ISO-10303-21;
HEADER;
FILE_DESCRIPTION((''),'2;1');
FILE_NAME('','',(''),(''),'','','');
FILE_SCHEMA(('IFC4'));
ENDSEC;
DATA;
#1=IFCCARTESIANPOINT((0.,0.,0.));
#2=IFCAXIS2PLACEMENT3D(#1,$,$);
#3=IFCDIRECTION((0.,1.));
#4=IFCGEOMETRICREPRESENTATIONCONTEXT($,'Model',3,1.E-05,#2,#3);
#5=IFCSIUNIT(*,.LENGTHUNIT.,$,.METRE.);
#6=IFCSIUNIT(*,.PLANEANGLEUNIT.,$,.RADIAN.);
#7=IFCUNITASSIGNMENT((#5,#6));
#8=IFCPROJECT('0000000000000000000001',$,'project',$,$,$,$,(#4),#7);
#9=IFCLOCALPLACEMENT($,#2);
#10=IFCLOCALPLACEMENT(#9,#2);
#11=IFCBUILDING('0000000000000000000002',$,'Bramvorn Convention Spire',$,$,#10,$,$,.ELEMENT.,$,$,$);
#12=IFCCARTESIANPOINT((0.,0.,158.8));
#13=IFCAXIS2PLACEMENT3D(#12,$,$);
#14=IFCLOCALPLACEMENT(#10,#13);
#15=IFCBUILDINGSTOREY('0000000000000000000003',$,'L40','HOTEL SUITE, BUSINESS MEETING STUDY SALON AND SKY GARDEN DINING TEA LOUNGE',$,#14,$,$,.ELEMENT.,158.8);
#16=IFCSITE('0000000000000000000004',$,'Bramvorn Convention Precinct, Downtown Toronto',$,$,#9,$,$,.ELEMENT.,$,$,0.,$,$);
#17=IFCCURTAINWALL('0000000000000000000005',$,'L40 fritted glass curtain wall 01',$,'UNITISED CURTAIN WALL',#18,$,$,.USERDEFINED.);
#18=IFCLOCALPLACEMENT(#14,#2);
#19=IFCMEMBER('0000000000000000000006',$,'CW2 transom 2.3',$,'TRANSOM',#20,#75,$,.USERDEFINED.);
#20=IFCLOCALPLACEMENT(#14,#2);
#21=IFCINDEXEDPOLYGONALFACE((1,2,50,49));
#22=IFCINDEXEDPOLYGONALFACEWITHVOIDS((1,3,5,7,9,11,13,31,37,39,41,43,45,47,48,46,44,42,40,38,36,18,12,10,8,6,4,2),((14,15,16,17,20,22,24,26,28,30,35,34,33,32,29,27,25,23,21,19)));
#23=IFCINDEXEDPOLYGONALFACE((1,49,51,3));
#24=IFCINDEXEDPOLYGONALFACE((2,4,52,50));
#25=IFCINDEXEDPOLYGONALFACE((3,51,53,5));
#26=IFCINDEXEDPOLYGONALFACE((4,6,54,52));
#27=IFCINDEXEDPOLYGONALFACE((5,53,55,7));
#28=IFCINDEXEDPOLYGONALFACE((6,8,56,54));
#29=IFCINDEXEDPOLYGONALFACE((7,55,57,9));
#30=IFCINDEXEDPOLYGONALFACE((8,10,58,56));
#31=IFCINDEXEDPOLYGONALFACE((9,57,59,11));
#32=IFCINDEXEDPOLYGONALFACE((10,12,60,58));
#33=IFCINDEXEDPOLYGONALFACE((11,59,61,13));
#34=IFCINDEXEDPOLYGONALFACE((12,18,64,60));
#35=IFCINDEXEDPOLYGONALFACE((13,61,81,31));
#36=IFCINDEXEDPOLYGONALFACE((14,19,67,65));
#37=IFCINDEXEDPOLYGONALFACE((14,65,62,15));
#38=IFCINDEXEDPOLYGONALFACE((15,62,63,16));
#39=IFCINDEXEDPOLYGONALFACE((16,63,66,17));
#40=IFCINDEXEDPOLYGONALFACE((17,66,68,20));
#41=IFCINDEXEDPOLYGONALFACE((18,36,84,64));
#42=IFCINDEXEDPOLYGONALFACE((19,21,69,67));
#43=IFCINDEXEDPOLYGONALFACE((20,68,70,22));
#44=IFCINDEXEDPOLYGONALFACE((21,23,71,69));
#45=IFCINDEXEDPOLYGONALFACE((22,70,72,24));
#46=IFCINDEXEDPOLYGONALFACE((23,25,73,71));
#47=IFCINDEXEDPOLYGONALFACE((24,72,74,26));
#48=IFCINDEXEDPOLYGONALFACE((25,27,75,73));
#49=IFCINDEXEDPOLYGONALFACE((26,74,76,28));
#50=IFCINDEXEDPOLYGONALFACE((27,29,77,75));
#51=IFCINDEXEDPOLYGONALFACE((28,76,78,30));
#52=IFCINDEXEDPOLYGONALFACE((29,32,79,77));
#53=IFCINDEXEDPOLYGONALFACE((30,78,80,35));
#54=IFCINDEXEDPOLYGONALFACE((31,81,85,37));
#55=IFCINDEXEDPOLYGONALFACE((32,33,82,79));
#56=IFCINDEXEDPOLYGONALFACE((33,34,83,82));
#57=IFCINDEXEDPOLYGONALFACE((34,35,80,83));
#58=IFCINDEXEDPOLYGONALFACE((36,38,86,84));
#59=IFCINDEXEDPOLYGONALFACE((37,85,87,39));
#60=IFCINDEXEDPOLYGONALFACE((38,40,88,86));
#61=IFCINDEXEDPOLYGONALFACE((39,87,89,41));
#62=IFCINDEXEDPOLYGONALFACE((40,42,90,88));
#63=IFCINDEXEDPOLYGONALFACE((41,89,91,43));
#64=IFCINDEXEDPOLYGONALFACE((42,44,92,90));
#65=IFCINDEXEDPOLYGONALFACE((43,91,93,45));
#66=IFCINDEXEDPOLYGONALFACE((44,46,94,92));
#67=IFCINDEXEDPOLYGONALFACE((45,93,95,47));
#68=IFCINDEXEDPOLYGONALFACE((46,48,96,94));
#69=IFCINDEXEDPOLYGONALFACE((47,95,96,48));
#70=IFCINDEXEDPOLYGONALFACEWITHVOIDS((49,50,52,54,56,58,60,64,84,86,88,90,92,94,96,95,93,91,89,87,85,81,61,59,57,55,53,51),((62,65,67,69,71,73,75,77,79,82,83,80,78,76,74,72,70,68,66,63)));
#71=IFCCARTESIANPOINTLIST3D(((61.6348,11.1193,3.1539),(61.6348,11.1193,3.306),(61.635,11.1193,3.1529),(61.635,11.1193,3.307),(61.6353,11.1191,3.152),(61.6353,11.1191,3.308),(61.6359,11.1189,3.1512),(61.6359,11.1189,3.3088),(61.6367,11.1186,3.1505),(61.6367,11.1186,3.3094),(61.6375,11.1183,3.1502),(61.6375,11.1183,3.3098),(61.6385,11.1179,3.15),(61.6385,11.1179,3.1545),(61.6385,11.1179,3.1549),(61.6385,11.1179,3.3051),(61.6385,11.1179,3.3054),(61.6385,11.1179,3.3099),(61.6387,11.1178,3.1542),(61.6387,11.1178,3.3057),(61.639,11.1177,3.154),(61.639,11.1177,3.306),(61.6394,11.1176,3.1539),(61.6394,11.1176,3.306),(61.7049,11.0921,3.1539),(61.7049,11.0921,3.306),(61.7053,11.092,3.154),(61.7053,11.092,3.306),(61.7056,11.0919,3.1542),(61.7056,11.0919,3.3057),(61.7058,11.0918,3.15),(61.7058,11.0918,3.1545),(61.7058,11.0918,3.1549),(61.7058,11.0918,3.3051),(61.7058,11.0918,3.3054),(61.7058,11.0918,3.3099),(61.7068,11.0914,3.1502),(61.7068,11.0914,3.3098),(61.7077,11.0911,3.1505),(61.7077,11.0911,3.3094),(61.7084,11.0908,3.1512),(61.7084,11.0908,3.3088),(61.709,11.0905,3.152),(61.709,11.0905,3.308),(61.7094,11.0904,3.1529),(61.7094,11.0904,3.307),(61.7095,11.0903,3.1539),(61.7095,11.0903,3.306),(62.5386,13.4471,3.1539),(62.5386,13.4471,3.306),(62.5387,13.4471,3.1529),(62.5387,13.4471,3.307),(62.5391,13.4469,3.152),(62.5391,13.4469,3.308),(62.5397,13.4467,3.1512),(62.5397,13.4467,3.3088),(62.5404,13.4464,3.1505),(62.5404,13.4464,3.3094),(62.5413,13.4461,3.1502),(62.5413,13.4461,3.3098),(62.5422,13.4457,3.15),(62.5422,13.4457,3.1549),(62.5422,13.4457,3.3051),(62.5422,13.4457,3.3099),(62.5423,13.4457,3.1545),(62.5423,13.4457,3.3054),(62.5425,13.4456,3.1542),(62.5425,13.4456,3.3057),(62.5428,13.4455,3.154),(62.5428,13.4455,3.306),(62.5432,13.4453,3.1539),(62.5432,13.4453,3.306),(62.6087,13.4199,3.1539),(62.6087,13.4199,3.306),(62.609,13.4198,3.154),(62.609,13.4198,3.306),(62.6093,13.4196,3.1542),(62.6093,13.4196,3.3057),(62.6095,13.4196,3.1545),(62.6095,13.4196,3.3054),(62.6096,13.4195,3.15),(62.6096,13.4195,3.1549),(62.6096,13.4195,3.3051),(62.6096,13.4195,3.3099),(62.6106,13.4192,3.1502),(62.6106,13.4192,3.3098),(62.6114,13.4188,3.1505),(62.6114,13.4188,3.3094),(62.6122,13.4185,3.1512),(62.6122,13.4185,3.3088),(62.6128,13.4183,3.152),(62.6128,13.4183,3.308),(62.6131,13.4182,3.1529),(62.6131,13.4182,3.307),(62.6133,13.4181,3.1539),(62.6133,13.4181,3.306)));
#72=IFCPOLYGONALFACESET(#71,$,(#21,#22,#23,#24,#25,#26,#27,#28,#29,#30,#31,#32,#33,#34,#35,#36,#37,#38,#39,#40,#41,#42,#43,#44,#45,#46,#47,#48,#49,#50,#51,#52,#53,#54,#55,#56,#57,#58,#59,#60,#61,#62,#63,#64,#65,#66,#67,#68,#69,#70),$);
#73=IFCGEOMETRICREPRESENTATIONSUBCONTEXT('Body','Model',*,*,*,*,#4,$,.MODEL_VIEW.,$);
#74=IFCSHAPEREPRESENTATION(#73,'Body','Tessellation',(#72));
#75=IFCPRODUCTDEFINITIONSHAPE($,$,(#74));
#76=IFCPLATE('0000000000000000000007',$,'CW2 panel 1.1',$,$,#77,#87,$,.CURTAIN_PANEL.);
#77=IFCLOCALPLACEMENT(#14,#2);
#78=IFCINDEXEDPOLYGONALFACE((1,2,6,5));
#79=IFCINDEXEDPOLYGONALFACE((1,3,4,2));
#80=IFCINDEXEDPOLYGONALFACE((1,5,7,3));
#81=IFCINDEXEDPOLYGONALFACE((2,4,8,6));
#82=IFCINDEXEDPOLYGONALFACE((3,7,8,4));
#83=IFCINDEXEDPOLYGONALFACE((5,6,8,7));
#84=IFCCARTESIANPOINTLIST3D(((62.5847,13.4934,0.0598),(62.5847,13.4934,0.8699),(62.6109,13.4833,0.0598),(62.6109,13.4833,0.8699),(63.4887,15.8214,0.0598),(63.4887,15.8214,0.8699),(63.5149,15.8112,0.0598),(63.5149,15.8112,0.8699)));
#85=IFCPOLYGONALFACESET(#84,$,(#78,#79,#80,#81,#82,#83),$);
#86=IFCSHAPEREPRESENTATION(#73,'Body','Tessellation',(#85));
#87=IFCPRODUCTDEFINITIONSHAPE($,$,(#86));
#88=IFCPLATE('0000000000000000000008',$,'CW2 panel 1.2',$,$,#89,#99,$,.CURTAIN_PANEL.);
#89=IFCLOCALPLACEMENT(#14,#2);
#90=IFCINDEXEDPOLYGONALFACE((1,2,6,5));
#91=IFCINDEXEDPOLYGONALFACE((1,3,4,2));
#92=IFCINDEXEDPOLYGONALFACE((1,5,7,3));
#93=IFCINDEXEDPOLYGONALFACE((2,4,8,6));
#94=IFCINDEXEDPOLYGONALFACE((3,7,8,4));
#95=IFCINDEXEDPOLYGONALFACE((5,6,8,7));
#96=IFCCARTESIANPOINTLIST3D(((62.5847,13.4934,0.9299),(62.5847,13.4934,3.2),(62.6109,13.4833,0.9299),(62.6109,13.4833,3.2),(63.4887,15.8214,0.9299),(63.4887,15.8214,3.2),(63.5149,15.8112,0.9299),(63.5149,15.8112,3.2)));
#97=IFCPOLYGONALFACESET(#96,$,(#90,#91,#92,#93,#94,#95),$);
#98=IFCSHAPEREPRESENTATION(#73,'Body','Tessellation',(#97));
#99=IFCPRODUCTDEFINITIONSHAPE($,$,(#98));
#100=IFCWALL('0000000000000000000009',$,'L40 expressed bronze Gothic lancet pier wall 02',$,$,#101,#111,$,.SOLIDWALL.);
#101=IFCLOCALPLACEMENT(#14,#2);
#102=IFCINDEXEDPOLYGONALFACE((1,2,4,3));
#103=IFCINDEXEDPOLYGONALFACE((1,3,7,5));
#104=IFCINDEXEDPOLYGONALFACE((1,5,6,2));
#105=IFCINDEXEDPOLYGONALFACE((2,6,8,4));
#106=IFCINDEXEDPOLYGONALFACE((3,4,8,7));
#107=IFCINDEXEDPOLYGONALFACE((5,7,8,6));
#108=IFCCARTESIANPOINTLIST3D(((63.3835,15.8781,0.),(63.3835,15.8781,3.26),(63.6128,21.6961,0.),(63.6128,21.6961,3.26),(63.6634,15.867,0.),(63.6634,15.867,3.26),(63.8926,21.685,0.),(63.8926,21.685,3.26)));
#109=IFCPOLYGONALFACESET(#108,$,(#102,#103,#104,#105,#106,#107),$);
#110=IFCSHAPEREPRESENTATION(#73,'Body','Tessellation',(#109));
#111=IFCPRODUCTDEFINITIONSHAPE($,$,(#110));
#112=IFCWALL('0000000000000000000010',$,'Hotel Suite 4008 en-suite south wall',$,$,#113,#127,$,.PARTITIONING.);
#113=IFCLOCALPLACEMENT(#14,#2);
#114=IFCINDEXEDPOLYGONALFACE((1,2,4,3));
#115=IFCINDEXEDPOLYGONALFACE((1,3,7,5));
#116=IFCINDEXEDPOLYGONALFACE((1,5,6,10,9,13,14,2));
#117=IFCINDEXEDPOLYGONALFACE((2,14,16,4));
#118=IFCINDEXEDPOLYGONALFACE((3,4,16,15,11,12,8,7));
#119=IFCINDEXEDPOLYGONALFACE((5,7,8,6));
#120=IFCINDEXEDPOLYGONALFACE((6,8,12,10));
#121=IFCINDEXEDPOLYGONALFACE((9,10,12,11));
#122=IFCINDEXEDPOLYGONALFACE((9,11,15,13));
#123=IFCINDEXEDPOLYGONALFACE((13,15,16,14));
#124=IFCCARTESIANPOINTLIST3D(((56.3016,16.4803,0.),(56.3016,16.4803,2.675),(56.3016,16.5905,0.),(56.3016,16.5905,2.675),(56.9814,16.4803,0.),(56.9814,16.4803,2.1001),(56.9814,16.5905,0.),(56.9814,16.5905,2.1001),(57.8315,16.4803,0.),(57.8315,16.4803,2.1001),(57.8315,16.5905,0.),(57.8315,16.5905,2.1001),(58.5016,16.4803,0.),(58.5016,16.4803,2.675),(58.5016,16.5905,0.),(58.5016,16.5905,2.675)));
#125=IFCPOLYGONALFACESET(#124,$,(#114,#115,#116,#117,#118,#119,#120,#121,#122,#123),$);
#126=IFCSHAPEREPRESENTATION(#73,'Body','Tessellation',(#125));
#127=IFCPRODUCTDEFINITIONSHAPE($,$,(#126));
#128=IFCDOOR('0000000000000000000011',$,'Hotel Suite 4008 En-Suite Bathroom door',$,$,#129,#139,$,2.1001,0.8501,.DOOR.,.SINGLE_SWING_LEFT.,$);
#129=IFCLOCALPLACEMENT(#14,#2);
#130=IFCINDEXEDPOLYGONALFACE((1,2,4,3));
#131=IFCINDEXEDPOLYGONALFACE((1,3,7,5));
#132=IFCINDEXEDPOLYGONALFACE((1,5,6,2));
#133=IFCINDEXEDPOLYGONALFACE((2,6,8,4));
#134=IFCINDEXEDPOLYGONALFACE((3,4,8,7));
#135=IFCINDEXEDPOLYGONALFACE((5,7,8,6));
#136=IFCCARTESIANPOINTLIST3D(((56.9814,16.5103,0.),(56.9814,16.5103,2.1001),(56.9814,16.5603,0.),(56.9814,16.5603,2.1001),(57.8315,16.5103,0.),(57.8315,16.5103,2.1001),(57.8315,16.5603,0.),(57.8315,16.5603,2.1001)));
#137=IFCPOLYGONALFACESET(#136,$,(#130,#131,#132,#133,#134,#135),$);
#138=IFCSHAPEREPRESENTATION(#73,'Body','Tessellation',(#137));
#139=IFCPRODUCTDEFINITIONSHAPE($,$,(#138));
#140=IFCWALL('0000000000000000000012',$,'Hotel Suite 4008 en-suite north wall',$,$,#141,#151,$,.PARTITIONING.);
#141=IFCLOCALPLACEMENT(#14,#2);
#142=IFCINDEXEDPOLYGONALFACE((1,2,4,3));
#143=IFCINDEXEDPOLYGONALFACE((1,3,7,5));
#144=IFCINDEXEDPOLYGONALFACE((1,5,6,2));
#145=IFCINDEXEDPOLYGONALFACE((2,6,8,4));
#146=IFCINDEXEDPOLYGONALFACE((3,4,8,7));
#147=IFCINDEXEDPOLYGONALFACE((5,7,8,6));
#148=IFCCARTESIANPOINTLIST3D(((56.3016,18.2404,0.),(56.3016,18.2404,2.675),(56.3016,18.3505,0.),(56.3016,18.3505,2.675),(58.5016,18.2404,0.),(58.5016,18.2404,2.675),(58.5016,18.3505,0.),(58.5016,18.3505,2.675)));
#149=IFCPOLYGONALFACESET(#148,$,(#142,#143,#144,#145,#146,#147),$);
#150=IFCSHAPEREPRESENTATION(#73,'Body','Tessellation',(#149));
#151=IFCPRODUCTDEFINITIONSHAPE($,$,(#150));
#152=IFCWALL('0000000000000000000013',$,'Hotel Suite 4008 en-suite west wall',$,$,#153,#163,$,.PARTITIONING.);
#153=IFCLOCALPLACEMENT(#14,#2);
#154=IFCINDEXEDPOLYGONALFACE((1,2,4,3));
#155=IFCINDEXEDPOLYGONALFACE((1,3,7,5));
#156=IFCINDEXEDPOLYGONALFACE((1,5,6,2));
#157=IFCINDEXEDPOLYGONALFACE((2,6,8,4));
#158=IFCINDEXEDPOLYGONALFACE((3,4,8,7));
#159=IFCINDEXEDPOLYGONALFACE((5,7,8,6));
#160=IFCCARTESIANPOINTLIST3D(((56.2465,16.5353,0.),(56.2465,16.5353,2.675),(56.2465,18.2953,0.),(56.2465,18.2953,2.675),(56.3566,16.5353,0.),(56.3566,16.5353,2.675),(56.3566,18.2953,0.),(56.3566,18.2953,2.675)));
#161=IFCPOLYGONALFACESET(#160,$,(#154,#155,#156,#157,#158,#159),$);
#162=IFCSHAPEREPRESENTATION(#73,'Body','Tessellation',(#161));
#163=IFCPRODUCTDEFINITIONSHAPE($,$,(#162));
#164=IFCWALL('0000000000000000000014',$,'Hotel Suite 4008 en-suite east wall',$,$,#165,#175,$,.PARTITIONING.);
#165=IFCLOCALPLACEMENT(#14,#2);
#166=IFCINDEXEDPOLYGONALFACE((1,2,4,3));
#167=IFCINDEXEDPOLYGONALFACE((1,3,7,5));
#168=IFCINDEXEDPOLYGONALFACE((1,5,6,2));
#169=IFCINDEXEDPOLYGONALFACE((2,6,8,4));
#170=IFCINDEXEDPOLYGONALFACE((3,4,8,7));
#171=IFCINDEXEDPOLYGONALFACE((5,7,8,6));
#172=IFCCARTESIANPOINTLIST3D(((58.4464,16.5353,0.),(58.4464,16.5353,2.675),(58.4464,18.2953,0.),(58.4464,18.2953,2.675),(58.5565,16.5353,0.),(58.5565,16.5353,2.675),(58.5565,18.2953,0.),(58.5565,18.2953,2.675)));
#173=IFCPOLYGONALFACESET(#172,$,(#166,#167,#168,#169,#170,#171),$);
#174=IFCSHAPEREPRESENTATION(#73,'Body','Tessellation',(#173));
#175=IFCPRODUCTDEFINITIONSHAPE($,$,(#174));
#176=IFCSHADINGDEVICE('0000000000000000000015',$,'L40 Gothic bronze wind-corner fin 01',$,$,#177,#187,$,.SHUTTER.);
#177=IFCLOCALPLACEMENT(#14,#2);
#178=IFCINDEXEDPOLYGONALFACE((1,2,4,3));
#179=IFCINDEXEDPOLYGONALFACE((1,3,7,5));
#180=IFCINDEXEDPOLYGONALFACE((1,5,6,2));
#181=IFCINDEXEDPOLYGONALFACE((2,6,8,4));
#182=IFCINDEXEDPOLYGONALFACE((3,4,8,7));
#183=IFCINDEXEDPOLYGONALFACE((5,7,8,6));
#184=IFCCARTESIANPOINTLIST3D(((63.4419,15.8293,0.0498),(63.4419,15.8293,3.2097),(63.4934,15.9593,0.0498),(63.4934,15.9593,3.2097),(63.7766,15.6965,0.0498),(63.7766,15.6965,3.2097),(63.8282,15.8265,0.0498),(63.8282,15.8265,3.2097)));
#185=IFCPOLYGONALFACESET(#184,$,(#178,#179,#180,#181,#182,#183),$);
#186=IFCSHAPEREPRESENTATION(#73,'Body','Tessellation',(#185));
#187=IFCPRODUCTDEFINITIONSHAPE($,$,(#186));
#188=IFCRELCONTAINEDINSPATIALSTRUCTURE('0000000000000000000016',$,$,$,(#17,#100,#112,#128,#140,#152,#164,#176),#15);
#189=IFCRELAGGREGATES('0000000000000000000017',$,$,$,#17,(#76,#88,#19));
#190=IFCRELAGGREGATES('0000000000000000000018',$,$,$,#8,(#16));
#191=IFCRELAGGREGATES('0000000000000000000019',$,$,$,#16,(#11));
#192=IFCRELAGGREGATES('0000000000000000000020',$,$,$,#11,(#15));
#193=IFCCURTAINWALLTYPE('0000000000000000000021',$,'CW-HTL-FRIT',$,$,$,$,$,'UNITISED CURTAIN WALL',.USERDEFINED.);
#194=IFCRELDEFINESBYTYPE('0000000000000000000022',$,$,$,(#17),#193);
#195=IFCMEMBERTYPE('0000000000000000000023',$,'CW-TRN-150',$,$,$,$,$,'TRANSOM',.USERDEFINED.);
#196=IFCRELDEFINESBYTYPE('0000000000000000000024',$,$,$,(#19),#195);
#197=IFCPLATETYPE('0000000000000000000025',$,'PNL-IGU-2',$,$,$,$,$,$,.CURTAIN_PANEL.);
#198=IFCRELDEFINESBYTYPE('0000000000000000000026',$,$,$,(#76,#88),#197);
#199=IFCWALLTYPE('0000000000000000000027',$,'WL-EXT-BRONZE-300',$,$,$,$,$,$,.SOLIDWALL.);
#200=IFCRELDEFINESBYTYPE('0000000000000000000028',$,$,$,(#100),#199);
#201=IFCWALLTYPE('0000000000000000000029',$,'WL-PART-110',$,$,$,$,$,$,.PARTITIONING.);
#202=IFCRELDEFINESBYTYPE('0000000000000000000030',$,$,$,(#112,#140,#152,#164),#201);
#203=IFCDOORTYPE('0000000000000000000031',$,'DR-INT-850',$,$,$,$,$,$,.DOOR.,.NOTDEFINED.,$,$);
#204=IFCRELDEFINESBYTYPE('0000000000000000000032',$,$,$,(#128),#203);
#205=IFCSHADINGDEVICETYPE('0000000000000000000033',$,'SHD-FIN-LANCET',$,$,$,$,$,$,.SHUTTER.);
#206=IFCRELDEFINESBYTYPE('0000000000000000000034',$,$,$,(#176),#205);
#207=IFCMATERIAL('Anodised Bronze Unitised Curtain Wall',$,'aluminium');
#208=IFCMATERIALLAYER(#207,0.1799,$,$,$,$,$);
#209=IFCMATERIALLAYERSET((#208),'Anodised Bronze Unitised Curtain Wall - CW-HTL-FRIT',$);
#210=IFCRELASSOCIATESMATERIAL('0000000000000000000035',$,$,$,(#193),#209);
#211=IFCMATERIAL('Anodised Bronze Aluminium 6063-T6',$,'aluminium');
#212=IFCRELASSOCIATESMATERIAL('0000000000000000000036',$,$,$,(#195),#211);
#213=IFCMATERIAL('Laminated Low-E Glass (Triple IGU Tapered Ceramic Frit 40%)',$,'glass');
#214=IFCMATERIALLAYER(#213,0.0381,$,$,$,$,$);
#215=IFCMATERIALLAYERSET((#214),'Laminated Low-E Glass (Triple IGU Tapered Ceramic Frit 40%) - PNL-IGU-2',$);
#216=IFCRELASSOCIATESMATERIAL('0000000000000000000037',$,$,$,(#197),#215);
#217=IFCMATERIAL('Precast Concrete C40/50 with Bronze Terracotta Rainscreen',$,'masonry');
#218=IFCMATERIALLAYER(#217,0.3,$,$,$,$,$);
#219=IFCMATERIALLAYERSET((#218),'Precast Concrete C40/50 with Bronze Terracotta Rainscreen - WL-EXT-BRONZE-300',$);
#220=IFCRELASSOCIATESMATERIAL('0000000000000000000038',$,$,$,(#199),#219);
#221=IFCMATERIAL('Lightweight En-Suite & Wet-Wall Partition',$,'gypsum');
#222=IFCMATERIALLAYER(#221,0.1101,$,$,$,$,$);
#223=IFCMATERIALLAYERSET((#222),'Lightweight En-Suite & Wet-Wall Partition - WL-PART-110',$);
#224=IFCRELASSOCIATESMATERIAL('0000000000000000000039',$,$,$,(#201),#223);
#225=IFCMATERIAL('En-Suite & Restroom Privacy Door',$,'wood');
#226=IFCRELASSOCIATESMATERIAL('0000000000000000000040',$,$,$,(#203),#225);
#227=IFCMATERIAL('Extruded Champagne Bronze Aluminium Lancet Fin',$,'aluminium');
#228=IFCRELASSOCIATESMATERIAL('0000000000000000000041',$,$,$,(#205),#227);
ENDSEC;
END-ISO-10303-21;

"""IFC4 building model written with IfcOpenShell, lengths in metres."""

from ifc_helpers import new_model, si_unit, direction, frame, frame_2d, origin, origin_2d, place, context, subcontext, project, spatial, rectangle, hollow_rectangle, extrude, material, layer, layer_set, material_profile, profile_set, type_object, element, fill, aggregate, save


model = new_model("IFC4")

# Units and contexts
model_context = context("Model", 3, precision=1e-05, world=origin(), true_north=direction((0.0, 1.0)))
body_context = subcontext(model_context, "Body", "Model", "MODEL_VIEW")
ifc_project = project(units=[si_unit("LENGTHUNIT", "METRE"), si_unit("PLANEANGLEUNIT", "RADIAN")], contexts=[model_context])

# Site, building, storey
site_placement = place(None, origin())
site = spatial("IfcSite", under=ifc_project, at=site_placement, Name="Bramvorn Convention Precinct, Downtown Toronto", CompositionType="ELEMENT", RefElevation=0.0)
building_placement = place(site_placement, origin())
building = spatial("IfcBuilding", under=site, at=building_placement, Name="Bramvorn Convention Spire", CompositionType="ELEMENT")
storey_placement = place(building_placement, frame((0.0, 0.0, 158.8)))
storey = spatial("IfcBuildingStorey", under=building, at=storey_placement, Name="L40", Description="HOTEL SUITE, BUSINESS MEETING STUDY SALON AND SKY GARDEN DINING TEA LOUNGE", CompositionType="ELEMENT", Elevation=158.8)

# Curtain wall, member, plates
ifc_material_1 = material(Name="Anodised Bronze Unitised Curtain Wall", Category="aluminium")
ifc_layer_1 = layer(ifc_material_1, 0.1799)
ifc_layer_set_1 = layer_set([ifc_layer_1], Name="Anodised Bronze Unitised Curtain Wall - CW-HTL-FRIT")
curtain_wall_type = type_object("IfcCurtainWallType", Name="CW-HTL-FRIT", ElementType="UNITISED CURTAIN WALL", PredefinedType="USERDEFINED", material=ifc_layer_set_1)
curtain_wall_placement = place(storey_placement, origin())
curtain_wall = element("IfcCurtainWall", 1, at=curtain_wall_placement, inside=storey, type_object=curtain_wall_type, Name="L40 fritted glass curtain wall 01", ObjectType="UNITISED CURTAIN WALL", PredefinedType="USERDEFINED")
ifc_material_2 = material(Name="Anodised Bronze Aluminium 6063-T6", Category="aluminium")
ifc_material_profile_1 = material_profile(ifc_material_2, hollow_rectangle(XDim=0.0801, YDim=0.1599, WallThickness=0.0039, InnerFilletRadius=0.001, OuterFilletRadius=0.0039, at=origin_2d()))
ifc_profile_set_1 = profile_set([ifc_material_profile_1], Name="Anodised Bronze Aluminium 6063-T6 - CWT80X160")
member_type_1 = type_object("IfcMemberType", Name="CW-TRN-150", ElementType="TRANSOM", PredefinedType="USERDEFINED", material=ifc_profile_set_1)
member_1_placement = place(storey_placement, frame((62.5759, 13.4326, 3.23), z_axis=(-0.361932, -0.932205, 0.0), x_axis=(0.932205, -0.361932, 0.0)))
member_1 = element("IfcMember", 2, at=member_1_placement, type_object=member_type_1, Name="CW2 transom 2.3", ObjectType="TRANSOM", PredefinedType="USERDEFINED", context=body_context, shape_type="SweptSolid", body=[
    extrude(hollow_rectangle(XDim=0.0801, YDim=0.1599, WallThickness=0.0039, InnerFilletRadius=0.001, OuterFilletRadius=0.0039, at=origin_2d()), origin(), (0.0, 0.0, 1.0), 2.4971),
])
ifc_material_3 = material(Name="Laminated Low-E Glass (Triple IGU Tapered Ceramic Frit 40%)", Category="glass")
ifc_layer_2 = layer(ifc_material_3, 0.0381)
ifc_layer_set_2 = layer_set([ifc_layer_2], Name="Laminated Low-E Glass (Triple IGU Tapered Ceramic Frit 40%) - PNL-IGU-2")
plate_type = type_object("IfcPlateType", Name="PNL-IGU-2", PredefinedType="CURTAIN_PANEL", material=ifc_layer_set_2)
plate_1_placement = place(storey_placement, frame((63.0498, 14.6523, 0.0598), z_axis=(0.0, 0.0, 1.0), x_axis=(-0.361975, -0.932188, 0.0)))
plate_1 = element("IfcPlate", 3, at=plate_1_placement, type_object=plate_type, Name="CW2 panel 1.1", PredefinedType="CURTAIN_PANEL", context=body_context, shape_type="SweptSolid", body=[
    extrude(rectangle(XDim=2.4973, YDim=0.0281, at=origin_2d()), origin(), (0.0, 0.0, 1.0), 0.8101),
])
plate_2_placement = place(storey_placement, frame((63.0498, 14.6523, 0.9299), z_axis=(0.0, 0.0, 1.0), x_axis=(-0.361975, -0.932188, 0.0)))
plate_2 = element("IfcPlate", 4, at=plate_2_placement, type_object=plate_type, Name="CW2 panel 1.2", PredefinedType="CURTAIN_PANEL", context=body_context, shape_type="SweptSolid", body=[
    extrude(rectangle(XDim=2.4973, YDim=0.0281, at=origin_2d()), origin(), (0.0, 0.0, 1.0), 2.27),
])
aggregate(curtain_wall, [plate_1, plate_2, member_1])

# Wall
ifc_material_4 = material(Name="Precast Concrete C40/50 with Bronze Terracotta Rainscreen", Category="masonry")
ifc_layer_3 = layer(ifc_material_4, 0.3)
ifc_layer_set_3 = layer_set([ifc_layer_3], Name="Precast Concrete C40/50 with Bronze Terracotta Rainscreen - WL-EXT-BRONZE-300")
wall_type_1 = type_object("IfcWallType", Name="WL-EXT-BRONZE-300", PredefinedType="SOLIDWALL", material=ifc_layer_set_3)
wall_1_placement = place(storey_placement, frame((63.7527, 21.6904, 0.0), z_axis=(0.0, 0.0, 1.0), x_axis=(-0.039372, -0.999225, 0.0)))
element("IfcWall", 5, at=wall_1_placement, inside=storey, type_object=wall_type_1, Name="L40 expressed bronze Gothic lancet pier wall 02", PredefinedType="SOLIDWALL", context=body_context, shape_type="SweptSolid", body=[
    extrude(rectangle(XDim=5.8225, YDim=0.28, at=frame_2d((2.9111, 0.0))), origin(), (0.0, 0.0, 1.0), 3.26),
])

# Wall, opening, door
ifc_material_5 = material(Name="Lightweight En-Suite & Wet-Wall Partition", Category="gypsum")
ifc_layer_4 = layer(ifc_material_5, 0.1101)
ifc_layer_set_4 = layer_set([ifc_layer_4], Name="Lightweight En-Suite & Wet-Wall Partition - WL-PART-110")
wall_type_2 = type_object("IfcWallType", Name="WL-PART-110", PredefinedType="PARTITIONING", material=ifc_layer_set_4)
wall_2_placement = place(storey_placement, frame((56.3015, 16.5354, 0.0), z_axis=(0.0, 0.0, 1.0), x_axis=(1.0, 0.0, 0.0)))
wall_2 = element("IfcWall", 6, at=wall_2_placement, inside=storey, type_object=wall_type_2, Name="Hotel Suite 4008 en-suite south wall", PredefinedType="PARTITIONING", context=body_context, shape_type="SweptSolid", body=[
    extrude(rectangle(XDim=2.2, YDim=0.1101, at=frame_2d((1.1001, 0.0))), origin(), (0.0, 0.0, 1.0), 2.675),
])
opening_placement = place(wall_2_placement, frame((0.6799, 0.0, 0.0)))
opening = element("IfcOpeningElement", 7, at=opening_placement, cuts=wall_2, PredefinedType="OPENING", context=body_context, shape_type="SweptSolid", body=[
    extrude(rectangle(XDim=0.8501, YDim=2.1001, at=frame_2d((0.425, 1.05))), frame((0.0, 0.0649, 0.0), z_axis=(0.0, -1.0, 0.0), x_axis=(1.0, 0.0, 0.0)), (0.0, 0.0, 1.0), 0.1301),
])
ifc_material_6 = material(Name="En-Suite & Restroom Privacy Door", Category="wood")
door_type = type_object("IfcDoorType", Name="DR-INT-850", OperationType="NOTDEFINED", PredefinedType="DOOR", material=ifc_material_6)
door_placement = place(opening_placement, origin())
door = element("IfcDoor", 8, at=door_placement, inside=storey, type_object=door_type, Name="Hotel Suite 4008 En-Suite Bathroom door", OperationType="SINGLE_SWING_LEFT", OverallHeight=2.1001, OverallWidth=0.8501, PredefinedType="DOOR", context=body_context, shape_type="SweptSolid", body=[
    extrude(rectangle(XDim=0.8501, YDim=2.1001, at=frame_2d((0.425, 1.05))), frame((0.0, 0.0249, 0.0), z_axis=(0.0, -1.0, 0.0), x_axis=(1.0, 0.0, 0.0)), (0.0, 0.0, 1.0), 0.05),
])
fill(opening, door)

# Walls
wall_3_placement = place(storey_placement, frame((56.3015, 18.2954, 0.0), z_axis=(0.0, 0.0, 1.0), x_axis=(1.0, 0.0, 0.0)))
element("IfcWall", 9, at=wall_3_placement, inside=storey, type_object=wall_type_2, Name="Hotel Suite 4008 en-suite north wall", PredefinedType="PARTITIONING", context=body_context, shape_type="SweptSolid", body=[
    extrude(rectangle(XDim=2.2, YDim=0.1101, at=frame_2d((1.1001, 0.0))), origin(), (0.0, 0.0, 1.0), 2.675),
])
for number, where, z_axis, x_axis, name in (
    (10, (56.3015, 16.5354, 0.0), (0.0, 0.0, 1.0), (0.0, 1.0, 0.0), "Hotel Suite 4008 en-suite west wall"),
    (11, (58.5015, 16.5354, 0.0), (0.0, 0.0, 1.0), (0.0, 1.0, 0.0), "Hotel Suite 4008 en-suite east wall"),
):
    element("IfcWall", number, at=place(storey_placement, frame(where, z_axis=z_axis, x_axis=x_axis)), inside=storey, type_object=wall_type_2, Name=name, PredefinedType="PARTITIONING", context=body_context, shape_type="SweptSolid", body=[
        extrude(rectangle(XDim=1.76, YDim=0.1101, at=frame_2d((0.8799, 0.0))), origin(), (0.0, 0.0, 1.0), 2.675),
    ])

# Shading device
ifc_material_7 = material(Name="Extruded Champagne Bronze Aluminium Lancet Fin", Category="aluminium")
shading_device_type = type_object("IfcShadingDeviceType", Name="SHD-FIN-LANCET", PredefinedType="SHUTTER", material=ifc_material_7)
shading_device_placement = place(storey_placement, frame((63.635, 15.8279, 0.0498), z_axis=(0.0, 0.0, 1.0), x_axis=(0.929499, -0.368826, 0.0)))
element("IfcShadingDevice", 12, at=shading_device_placement, inside=storey, type_object=shading_device_type, Name="L40 Gothic bronze wind-corner fin 01", PredefinedType="SHUTTER", context=body_context, shape_type="SweptSolid", body=[
    extrude(rectangle(XDim=0.3601, YDim=0.1399, at=origin_2d()), origin(), (0.0, 0.0, 1.0), 3.1599),
])

save(model, "model.ifc")
